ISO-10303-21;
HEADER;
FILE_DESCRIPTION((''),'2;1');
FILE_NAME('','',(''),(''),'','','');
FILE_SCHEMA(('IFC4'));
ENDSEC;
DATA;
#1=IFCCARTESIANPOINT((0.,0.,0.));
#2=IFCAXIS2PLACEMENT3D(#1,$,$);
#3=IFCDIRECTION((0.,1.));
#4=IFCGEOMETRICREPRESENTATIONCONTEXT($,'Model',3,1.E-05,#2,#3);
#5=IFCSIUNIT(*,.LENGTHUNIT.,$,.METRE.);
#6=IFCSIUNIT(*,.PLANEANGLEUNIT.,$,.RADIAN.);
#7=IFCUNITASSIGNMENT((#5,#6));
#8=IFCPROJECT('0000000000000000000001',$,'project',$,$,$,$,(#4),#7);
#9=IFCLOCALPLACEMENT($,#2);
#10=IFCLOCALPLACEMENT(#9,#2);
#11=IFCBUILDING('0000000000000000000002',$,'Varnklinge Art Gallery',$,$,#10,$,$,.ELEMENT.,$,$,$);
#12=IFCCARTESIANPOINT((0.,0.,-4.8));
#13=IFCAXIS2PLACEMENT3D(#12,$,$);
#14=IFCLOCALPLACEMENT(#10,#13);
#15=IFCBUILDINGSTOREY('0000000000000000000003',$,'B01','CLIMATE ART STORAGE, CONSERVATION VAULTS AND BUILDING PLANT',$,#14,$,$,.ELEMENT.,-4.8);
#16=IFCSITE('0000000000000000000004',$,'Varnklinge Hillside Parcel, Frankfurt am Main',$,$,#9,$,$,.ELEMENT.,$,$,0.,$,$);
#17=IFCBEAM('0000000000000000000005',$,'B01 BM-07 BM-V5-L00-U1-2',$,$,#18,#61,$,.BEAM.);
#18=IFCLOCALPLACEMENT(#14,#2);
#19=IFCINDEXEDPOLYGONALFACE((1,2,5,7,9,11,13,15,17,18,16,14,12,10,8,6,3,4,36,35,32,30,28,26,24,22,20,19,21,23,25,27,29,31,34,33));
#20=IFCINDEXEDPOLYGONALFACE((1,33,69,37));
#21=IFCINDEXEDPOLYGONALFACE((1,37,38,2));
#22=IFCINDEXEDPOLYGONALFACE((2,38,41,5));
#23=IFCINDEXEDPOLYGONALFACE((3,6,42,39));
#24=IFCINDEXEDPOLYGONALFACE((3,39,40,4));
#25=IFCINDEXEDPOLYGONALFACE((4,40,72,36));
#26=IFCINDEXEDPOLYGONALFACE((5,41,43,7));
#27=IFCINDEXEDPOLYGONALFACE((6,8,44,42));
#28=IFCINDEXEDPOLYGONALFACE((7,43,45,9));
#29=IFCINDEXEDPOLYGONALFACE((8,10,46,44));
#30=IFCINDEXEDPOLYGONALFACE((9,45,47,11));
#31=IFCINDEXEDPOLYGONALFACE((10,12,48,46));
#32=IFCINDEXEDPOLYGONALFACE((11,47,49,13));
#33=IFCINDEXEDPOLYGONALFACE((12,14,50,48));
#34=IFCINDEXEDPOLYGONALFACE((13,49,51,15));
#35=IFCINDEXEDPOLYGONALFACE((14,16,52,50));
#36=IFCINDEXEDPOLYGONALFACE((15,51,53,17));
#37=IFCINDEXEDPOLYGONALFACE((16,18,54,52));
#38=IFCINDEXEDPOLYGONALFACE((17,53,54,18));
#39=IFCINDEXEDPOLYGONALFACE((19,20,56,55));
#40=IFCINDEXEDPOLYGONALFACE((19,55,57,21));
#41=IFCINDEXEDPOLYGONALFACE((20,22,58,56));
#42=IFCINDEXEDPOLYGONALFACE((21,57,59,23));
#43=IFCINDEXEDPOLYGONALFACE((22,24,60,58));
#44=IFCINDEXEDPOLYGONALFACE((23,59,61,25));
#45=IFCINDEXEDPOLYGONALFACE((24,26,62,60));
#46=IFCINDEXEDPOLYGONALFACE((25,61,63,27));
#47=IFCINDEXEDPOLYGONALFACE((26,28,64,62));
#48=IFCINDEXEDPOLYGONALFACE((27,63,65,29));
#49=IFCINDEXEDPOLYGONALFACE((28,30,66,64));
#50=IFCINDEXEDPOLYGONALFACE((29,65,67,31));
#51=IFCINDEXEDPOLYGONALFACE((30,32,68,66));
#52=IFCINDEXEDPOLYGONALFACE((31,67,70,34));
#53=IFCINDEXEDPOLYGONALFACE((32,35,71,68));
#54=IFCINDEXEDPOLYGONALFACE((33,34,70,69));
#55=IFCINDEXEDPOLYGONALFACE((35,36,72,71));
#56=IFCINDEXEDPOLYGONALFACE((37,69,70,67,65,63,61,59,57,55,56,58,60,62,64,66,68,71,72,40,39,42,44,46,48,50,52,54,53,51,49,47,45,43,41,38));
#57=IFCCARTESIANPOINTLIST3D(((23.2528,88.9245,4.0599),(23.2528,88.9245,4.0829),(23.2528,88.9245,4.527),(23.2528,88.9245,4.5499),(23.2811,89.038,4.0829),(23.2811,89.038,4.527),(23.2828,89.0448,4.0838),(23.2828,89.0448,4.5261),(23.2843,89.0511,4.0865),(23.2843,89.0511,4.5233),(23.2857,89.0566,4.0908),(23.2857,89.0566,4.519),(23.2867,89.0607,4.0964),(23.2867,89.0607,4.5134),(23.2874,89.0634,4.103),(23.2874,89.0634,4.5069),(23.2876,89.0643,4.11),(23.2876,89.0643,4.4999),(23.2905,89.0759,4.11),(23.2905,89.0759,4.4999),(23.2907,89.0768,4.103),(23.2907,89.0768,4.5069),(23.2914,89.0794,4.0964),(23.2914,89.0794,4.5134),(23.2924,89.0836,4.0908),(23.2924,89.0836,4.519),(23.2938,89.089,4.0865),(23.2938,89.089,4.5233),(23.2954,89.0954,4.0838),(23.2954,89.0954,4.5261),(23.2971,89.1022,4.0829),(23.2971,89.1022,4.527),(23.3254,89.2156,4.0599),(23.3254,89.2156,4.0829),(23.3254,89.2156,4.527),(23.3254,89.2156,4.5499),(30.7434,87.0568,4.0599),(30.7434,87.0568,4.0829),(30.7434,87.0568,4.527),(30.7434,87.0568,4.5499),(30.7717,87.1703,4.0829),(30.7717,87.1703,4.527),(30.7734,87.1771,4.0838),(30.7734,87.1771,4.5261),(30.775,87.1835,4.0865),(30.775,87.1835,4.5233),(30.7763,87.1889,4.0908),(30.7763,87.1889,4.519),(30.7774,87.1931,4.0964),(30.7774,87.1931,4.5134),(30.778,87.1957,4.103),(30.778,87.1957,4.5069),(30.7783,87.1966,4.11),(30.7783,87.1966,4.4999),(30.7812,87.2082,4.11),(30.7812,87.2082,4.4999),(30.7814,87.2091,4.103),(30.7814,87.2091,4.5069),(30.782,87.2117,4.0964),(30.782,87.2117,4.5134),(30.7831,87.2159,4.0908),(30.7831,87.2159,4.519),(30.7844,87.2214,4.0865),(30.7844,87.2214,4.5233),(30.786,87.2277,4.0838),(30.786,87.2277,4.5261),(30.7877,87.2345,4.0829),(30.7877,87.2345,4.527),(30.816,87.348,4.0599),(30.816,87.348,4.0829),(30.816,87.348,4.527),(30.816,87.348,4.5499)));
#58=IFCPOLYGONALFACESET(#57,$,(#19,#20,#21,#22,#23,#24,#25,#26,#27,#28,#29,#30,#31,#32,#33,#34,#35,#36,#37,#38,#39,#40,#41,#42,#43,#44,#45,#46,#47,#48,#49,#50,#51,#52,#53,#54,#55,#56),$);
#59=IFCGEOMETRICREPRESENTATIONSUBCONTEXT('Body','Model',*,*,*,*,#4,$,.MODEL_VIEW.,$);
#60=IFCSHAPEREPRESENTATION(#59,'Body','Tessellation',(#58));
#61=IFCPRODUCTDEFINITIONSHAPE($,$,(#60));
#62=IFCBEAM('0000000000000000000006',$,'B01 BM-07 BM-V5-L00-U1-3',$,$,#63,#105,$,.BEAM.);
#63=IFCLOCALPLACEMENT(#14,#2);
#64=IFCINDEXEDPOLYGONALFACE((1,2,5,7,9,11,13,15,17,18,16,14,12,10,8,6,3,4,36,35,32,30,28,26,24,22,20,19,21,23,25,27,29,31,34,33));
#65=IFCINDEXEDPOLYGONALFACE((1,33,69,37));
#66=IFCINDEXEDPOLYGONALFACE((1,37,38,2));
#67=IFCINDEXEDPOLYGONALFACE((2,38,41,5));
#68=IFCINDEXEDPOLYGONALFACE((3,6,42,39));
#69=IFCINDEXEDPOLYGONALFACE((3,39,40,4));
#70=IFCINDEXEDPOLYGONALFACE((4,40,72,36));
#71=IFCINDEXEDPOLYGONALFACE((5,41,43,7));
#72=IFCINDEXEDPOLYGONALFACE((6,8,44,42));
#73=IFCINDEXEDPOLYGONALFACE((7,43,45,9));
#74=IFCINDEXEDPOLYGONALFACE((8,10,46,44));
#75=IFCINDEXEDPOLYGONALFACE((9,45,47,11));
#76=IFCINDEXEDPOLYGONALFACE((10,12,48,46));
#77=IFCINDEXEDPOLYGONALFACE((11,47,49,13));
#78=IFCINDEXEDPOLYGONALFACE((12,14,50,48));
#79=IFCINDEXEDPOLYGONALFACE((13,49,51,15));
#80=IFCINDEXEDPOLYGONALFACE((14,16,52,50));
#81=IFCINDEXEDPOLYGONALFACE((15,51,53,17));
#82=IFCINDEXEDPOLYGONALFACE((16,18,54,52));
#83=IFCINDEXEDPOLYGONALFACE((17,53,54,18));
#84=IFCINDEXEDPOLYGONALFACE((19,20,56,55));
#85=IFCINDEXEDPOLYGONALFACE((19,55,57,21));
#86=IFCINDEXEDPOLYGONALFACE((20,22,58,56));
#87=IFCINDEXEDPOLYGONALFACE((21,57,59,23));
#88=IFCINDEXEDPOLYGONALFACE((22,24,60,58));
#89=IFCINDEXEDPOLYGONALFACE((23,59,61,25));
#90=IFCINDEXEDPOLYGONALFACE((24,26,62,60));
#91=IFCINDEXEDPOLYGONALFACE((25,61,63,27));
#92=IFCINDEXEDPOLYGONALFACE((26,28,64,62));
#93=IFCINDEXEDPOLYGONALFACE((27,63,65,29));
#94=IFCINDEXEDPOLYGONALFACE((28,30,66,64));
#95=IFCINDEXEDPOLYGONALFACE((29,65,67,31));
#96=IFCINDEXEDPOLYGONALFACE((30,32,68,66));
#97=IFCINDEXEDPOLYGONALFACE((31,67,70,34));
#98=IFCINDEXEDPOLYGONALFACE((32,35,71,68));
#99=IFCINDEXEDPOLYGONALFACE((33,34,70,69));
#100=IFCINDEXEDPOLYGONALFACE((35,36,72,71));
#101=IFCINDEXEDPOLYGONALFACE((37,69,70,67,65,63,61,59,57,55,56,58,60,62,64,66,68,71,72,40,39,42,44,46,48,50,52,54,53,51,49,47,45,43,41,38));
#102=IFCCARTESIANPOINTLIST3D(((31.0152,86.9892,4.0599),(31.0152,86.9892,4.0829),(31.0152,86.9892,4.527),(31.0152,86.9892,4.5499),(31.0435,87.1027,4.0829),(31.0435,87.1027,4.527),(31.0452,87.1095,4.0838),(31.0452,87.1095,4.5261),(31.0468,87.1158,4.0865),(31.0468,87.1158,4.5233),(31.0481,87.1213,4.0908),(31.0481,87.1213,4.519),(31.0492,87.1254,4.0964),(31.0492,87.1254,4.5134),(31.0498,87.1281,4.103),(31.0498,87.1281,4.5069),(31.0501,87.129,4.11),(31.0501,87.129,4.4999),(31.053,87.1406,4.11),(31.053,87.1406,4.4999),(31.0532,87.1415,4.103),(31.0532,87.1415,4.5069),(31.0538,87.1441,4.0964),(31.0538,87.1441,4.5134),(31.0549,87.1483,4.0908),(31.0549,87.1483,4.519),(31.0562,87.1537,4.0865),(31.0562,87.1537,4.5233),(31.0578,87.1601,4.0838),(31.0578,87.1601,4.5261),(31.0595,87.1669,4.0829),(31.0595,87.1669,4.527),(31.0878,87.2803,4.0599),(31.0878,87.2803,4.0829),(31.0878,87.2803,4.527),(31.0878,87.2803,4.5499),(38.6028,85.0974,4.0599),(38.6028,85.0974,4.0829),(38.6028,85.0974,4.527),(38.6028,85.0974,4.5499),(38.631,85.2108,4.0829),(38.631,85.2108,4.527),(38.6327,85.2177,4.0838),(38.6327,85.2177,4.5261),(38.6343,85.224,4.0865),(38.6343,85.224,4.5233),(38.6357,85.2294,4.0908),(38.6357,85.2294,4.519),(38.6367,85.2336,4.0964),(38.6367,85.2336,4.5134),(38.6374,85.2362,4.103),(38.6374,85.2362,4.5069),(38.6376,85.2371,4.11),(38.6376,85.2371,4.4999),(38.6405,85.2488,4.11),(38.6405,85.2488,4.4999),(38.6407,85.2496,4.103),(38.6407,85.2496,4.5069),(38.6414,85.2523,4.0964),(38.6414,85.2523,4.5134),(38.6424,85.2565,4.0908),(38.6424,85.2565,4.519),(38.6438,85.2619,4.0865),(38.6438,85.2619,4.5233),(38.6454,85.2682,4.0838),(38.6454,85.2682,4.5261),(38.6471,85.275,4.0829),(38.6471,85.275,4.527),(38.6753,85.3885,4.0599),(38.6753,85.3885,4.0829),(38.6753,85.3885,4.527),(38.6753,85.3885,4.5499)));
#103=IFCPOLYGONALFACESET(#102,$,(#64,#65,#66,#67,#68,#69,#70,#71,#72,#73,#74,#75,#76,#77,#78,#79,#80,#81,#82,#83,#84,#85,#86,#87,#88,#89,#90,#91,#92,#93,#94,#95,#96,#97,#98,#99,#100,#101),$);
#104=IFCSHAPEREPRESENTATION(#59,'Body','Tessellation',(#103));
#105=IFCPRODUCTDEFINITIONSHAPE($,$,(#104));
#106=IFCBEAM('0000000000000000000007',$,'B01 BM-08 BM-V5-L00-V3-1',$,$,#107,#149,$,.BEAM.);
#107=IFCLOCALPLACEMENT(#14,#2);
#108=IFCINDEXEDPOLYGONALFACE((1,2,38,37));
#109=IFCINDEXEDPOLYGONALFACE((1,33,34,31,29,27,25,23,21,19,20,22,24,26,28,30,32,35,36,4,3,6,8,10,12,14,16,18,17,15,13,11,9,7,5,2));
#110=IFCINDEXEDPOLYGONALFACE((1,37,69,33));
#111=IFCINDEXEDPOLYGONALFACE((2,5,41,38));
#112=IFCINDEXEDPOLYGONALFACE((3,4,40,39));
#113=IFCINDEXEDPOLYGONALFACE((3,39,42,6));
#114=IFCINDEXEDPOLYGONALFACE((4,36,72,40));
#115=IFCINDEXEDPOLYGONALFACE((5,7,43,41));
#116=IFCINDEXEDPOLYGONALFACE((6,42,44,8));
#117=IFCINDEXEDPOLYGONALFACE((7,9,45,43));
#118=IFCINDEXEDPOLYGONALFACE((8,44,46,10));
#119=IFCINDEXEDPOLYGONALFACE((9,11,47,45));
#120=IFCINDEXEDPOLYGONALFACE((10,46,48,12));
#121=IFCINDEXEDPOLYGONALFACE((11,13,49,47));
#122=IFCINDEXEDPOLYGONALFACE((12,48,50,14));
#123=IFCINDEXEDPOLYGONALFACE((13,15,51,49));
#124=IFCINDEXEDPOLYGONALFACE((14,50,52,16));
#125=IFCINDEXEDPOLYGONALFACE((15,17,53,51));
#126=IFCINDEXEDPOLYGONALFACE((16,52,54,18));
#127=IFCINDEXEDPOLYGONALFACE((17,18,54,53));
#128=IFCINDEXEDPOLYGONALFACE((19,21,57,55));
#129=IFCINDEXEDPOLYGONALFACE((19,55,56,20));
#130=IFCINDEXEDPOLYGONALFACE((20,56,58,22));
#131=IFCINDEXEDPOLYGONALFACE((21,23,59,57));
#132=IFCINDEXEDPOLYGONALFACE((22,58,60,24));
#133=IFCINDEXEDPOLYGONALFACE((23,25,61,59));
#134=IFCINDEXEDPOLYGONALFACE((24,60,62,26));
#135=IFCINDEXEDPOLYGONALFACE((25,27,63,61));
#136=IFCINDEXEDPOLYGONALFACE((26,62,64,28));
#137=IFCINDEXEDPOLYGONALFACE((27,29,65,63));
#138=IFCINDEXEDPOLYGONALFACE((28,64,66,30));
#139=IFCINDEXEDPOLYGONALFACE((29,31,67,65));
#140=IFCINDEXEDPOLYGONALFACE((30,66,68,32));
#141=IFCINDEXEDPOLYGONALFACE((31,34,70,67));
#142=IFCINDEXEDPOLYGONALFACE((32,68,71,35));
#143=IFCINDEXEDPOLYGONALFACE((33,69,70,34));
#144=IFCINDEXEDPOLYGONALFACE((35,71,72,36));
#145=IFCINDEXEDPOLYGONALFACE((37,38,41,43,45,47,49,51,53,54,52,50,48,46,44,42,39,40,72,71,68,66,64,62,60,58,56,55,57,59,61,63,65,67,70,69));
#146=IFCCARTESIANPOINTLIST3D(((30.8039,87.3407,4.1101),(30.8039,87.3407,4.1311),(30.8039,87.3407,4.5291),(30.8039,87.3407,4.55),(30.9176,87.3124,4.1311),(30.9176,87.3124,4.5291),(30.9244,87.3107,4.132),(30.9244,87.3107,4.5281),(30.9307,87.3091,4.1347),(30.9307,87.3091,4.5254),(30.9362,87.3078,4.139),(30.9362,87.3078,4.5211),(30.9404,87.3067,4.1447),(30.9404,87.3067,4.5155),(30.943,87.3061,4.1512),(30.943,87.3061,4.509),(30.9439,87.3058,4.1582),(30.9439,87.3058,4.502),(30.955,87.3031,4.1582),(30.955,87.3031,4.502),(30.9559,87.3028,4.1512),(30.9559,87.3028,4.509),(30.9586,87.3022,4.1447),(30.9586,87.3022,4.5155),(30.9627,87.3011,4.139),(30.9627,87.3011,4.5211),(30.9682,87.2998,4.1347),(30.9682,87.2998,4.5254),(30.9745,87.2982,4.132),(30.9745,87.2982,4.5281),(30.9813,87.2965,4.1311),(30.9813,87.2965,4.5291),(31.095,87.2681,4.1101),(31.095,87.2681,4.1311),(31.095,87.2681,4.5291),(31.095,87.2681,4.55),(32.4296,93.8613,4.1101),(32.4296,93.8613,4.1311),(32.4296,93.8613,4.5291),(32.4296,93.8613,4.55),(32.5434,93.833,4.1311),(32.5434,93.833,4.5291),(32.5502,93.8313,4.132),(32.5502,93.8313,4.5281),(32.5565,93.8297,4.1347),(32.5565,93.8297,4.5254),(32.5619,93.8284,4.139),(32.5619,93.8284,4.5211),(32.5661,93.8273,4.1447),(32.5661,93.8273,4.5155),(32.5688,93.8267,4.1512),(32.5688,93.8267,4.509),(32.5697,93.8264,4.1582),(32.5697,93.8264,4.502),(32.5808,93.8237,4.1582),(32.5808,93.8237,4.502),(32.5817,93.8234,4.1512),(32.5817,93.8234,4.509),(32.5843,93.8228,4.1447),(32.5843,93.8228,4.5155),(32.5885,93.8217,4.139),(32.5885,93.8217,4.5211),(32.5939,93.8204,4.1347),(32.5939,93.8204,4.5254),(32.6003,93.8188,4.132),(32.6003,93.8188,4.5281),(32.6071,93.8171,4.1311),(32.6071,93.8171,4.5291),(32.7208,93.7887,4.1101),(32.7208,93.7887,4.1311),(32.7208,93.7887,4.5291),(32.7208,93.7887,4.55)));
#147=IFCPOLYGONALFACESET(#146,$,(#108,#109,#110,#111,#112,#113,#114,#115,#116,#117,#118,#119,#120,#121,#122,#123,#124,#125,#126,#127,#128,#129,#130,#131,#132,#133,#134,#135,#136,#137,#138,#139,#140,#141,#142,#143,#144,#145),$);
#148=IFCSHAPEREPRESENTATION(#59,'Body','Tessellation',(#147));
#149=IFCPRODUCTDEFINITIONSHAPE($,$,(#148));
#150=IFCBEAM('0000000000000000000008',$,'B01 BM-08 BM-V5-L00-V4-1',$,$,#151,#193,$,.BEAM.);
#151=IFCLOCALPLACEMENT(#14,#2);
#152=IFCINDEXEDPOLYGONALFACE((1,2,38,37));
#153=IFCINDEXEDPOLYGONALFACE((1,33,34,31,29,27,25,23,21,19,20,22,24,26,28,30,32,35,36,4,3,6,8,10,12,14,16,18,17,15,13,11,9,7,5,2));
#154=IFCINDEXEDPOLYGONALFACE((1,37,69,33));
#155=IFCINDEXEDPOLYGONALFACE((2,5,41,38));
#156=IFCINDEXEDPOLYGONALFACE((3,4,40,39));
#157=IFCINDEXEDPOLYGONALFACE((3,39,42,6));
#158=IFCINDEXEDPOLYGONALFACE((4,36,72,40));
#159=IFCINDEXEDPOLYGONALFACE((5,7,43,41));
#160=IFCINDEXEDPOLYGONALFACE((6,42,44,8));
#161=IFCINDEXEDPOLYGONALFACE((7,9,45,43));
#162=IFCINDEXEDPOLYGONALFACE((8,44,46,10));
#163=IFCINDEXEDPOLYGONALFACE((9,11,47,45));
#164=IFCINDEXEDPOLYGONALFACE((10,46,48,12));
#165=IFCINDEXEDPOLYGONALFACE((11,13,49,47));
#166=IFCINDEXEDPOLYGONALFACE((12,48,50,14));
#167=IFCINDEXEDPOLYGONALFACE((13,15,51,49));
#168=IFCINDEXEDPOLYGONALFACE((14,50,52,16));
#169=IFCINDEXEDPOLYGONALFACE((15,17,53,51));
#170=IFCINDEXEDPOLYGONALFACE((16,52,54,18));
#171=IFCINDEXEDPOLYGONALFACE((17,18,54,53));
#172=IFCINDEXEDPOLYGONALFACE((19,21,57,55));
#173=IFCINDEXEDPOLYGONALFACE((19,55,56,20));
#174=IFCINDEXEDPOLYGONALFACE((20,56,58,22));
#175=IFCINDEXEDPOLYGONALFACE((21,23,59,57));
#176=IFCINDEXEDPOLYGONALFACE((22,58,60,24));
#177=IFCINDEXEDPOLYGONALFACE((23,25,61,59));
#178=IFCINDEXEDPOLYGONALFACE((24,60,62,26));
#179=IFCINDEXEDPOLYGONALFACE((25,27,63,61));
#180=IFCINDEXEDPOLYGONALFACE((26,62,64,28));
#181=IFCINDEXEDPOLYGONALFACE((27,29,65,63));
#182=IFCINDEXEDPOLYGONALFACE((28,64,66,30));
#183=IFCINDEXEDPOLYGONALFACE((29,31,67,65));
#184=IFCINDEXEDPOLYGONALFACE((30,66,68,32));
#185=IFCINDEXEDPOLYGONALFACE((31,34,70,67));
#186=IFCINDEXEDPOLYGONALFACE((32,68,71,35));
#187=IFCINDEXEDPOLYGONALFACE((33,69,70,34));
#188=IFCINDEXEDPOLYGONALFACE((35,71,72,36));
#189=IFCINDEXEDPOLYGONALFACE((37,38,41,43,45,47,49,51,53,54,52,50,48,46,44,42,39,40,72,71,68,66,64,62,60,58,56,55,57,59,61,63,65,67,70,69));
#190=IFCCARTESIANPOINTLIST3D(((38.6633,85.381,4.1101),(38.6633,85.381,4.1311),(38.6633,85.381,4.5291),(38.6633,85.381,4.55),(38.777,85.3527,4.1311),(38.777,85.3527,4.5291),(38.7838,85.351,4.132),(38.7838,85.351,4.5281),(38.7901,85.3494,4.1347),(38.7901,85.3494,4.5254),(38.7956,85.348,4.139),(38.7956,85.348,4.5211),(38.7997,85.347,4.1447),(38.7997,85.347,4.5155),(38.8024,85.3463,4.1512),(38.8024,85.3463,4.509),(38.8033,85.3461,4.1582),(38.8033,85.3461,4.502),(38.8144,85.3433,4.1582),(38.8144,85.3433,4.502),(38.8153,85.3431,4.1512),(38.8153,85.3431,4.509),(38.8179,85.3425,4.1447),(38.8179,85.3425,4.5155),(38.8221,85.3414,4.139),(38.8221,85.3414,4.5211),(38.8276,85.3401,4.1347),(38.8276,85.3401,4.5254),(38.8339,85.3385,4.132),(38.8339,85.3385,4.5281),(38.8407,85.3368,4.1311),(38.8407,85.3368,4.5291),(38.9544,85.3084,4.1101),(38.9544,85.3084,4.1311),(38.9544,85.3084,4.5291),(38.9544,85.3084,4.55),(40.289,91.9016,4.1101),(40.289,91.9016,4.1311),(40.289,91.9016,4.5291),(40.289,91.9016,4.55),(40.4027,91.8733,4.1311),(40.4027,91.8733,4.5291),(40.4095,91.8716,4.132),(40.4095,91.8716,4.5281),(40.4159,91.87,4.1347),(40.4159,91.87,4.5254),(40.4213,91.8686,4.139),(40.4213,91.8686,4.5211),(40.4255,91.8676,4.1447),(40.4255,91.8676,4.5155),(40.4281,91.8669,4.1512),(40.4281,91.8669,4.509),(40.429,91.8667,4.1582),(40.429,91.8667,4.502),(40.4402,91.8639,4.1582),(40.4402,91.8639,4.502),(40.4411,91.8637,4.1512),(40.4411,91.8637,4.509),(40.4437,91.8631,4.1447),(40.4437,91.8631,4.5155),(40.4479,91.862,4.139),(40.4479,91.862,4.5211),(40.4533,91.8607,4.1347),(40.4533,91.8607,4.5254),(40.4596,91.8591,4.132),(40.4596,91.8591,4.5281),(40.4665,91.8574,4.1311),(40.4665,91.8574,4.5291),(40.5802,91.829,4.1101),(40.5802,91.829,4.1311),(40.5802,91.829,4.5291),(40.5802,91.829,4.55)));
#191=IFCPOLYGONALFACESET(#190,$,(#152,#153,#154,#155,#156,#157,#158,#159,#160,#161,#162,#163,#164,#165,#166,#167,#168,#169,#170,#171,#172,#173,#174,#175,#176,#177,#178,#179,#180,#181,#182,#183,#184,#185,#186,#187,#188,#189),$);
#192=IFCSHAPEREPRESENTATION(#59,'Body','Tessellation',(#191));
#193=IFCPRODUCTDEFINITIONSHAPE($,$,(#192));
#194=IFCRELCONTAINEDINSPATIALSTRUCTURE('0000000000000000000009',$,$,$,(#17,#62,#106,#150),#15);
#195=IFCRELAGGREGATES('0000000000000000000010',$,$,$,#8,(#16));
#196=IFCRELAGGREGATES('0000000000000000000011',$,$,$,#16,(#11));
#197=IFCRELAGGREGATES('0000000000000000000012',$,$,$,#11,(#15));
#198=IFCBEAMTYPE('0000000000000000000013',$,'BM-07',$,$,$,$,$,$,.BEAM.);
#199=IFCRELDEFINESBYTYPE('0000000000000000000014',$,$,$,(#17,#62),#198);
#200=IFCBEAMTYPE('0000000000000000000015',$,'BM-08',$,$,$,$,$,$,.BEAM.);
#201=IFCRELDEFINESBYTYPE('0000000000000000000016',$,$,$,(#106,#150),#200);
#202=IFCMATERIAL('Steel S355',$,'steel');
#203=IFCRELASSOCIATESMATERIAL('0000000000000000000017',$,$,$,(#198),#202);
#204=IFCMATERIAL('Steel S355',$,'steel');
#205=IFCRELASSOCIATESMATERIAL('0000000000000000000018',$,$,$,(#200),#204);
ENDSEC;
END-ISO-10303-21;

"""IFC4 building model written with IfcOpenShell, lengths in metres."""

from ifc_helpers import new_model, si_unit, direction, frame, origin, origin_2d, place, context, subcontext, project, spatial, i_section, extrude, material, material_profile, profile_set, type_object, element, save


model = new_model("IFC4")

# Units and contexts
model_context = context("Model", 3, precision=1e-05, world=origin(), true_north=direction((0.0, 1.0)))
body_context = subcontext(model_context, "Body", "Model", "MODEL_VIEW")
ifc_project = project(units=[si_unit("LENGTHUNIT", "METRE"), si_unit("PLANEANGLEUNIT", "RADIAN")], contexts=[model_context])

# Site, building, storey
site_placement = place(None, origin())
site = spatial("IfcSite", under=ifc_project, at=site_placement, Name="Varnklinge Hillside Parcel, Frankfurt am Main", CompositionType="ELEMENT", RefElevation=0.0)
building_placement = place(site_placement, origin())
building = spatial("IfcBuilding", under=site, at=building_placement, Name="Varnklinge Art Gallery", CompositionType="ELEMENT")
storey_placement = place(building_placement, frame((0.0, 0.0, -4.8)))
storey = spatial("IfcBuildingStorey", under=building, at=storey_placement, Name="B01", Description="CLIMATE ART STORAGE, CONSERVATION VAULTS AND BUILDING PLANT", CompositionType="ELEMENT", Elevation=-4.8)

# Beams
ifc_material_1 = material(Name="Steel S355", Category="steel")
ifc_material_profile_1 = material_profile(ifc_material_1, i_section(OverallWidth=0.3, OverallDepth=0.49, WebThickness=0.012, FlangeThickness=0.0229, FilletRadius=0.0271, at=origin_2d()), Name="HEA 500")
ifc_profile_set_1 = profile_set([ifc_material_profile_1], Name="Steel S355")
beam_type_1 = type_object("IfcBeamType", Name="BM-07", PredefinedType="BEAM", material=ifc_profile_set_1)
beam_1_placement = place(storey_placement, frame((23.2891, 89.0701, 4.3049), z_axis=(0.970295, -0.241925, 0.0), x_axis=(0.241925, 0.970295, 0.0)))
element("IfcBeam", 1, at=beam_1_placement, inside=storey, type_object=beam_type_1, Name="B01 BM-07 BM-V5-L00-U1-2", PredefinedType="BEAM", context=body_context, shape_type="SweptSolid", body=[
    extrude(i_section(OverallWidth=0.3, OverallDepth=0.49, WebThickness=0.012, FlangeThickness=0.0229, FilletRadius=0.0271, at=origin_2d()), origin(), (0.0, 0.0, 1.0), 7.72),
])
beam_2_placement = place(storey_placement, frame((31.0515, 87.1348, 4.3049), z_axis=(0.970295, -0.241926, 0.0), x_axis=(0.241926, 0.970295, 0.0)))
element("IfcBeam", 2, at=beam_2_placement, inside=storey, type_object=beam_type_1, Name="B01 BM-07 BM-V5-L00-U1-3", PredefinedType="BEAM", context=body_context, shape_type="SweptSolid", body=[
    extrude(i_section(OverallWidth=0.3, OverallDepth=0.49, WebThickness=0.012, FlangeThickness=0.0229, FilletRadius=0.0271, at=origin_2d()), origin(), (0.0, 0.0, 1.0), 7.8198),
])
ifc_material_2 = material(Name="Steel S355", Category="steel")
ifc_material_profile_2 = material_profile(ifc_material_2, i_section(OverallWidth=0.3, OverallDepth=0.4399, WebThickness=0.0115, FlangeThickness=0.021, FilletRadius=0.0271, at=origin_2d()), Name="HEA 450")
ifc_profile_set_2 = profile_set([ifc_material_profile_2], Name="Steel S355")
beam_type_2 = type_object("IfcBeamType", Name="BM-08", PredefinedType="BEAM", material=ifc_profile_set_2)
for number, where, z_axis, x_axis, name in (
    (3, (30.9495, 87.3044, 4.3301), (0.24192, 0.970296, 0.0), (-0.970296, 0.24192, 0.0), "B01 BM-08 BM-V5-L00-V3-1"),
    (4, (38.8088, 85.3447, 4.3301), (0.24192, 0.970296, 0.0), (-0.970296, 0.24192, 0.0), "B01 BM-08 BM-V5-L00-V4-1"),
):
    element("IfcBeam", number, at=place(storey_placement, frame(where, z_axis=z_axis, x_axis=x_axis)), inside=storey, type_object=beam_type_2, Name=name, PredefinedType="BEAM", context=body_context, shape_type="SweptSolid", body=[
        extrude(i_section(OverallWidth=0.3, OverallDepth=0.4399, WebThickness=0.0115, FlangeThickness=0.021, FilletRadius=0.0271, at=origin_2d()), origin(), (0.0, 0.0, 1.0), 6.7202),
    ])

save(model, "model.ifc")
